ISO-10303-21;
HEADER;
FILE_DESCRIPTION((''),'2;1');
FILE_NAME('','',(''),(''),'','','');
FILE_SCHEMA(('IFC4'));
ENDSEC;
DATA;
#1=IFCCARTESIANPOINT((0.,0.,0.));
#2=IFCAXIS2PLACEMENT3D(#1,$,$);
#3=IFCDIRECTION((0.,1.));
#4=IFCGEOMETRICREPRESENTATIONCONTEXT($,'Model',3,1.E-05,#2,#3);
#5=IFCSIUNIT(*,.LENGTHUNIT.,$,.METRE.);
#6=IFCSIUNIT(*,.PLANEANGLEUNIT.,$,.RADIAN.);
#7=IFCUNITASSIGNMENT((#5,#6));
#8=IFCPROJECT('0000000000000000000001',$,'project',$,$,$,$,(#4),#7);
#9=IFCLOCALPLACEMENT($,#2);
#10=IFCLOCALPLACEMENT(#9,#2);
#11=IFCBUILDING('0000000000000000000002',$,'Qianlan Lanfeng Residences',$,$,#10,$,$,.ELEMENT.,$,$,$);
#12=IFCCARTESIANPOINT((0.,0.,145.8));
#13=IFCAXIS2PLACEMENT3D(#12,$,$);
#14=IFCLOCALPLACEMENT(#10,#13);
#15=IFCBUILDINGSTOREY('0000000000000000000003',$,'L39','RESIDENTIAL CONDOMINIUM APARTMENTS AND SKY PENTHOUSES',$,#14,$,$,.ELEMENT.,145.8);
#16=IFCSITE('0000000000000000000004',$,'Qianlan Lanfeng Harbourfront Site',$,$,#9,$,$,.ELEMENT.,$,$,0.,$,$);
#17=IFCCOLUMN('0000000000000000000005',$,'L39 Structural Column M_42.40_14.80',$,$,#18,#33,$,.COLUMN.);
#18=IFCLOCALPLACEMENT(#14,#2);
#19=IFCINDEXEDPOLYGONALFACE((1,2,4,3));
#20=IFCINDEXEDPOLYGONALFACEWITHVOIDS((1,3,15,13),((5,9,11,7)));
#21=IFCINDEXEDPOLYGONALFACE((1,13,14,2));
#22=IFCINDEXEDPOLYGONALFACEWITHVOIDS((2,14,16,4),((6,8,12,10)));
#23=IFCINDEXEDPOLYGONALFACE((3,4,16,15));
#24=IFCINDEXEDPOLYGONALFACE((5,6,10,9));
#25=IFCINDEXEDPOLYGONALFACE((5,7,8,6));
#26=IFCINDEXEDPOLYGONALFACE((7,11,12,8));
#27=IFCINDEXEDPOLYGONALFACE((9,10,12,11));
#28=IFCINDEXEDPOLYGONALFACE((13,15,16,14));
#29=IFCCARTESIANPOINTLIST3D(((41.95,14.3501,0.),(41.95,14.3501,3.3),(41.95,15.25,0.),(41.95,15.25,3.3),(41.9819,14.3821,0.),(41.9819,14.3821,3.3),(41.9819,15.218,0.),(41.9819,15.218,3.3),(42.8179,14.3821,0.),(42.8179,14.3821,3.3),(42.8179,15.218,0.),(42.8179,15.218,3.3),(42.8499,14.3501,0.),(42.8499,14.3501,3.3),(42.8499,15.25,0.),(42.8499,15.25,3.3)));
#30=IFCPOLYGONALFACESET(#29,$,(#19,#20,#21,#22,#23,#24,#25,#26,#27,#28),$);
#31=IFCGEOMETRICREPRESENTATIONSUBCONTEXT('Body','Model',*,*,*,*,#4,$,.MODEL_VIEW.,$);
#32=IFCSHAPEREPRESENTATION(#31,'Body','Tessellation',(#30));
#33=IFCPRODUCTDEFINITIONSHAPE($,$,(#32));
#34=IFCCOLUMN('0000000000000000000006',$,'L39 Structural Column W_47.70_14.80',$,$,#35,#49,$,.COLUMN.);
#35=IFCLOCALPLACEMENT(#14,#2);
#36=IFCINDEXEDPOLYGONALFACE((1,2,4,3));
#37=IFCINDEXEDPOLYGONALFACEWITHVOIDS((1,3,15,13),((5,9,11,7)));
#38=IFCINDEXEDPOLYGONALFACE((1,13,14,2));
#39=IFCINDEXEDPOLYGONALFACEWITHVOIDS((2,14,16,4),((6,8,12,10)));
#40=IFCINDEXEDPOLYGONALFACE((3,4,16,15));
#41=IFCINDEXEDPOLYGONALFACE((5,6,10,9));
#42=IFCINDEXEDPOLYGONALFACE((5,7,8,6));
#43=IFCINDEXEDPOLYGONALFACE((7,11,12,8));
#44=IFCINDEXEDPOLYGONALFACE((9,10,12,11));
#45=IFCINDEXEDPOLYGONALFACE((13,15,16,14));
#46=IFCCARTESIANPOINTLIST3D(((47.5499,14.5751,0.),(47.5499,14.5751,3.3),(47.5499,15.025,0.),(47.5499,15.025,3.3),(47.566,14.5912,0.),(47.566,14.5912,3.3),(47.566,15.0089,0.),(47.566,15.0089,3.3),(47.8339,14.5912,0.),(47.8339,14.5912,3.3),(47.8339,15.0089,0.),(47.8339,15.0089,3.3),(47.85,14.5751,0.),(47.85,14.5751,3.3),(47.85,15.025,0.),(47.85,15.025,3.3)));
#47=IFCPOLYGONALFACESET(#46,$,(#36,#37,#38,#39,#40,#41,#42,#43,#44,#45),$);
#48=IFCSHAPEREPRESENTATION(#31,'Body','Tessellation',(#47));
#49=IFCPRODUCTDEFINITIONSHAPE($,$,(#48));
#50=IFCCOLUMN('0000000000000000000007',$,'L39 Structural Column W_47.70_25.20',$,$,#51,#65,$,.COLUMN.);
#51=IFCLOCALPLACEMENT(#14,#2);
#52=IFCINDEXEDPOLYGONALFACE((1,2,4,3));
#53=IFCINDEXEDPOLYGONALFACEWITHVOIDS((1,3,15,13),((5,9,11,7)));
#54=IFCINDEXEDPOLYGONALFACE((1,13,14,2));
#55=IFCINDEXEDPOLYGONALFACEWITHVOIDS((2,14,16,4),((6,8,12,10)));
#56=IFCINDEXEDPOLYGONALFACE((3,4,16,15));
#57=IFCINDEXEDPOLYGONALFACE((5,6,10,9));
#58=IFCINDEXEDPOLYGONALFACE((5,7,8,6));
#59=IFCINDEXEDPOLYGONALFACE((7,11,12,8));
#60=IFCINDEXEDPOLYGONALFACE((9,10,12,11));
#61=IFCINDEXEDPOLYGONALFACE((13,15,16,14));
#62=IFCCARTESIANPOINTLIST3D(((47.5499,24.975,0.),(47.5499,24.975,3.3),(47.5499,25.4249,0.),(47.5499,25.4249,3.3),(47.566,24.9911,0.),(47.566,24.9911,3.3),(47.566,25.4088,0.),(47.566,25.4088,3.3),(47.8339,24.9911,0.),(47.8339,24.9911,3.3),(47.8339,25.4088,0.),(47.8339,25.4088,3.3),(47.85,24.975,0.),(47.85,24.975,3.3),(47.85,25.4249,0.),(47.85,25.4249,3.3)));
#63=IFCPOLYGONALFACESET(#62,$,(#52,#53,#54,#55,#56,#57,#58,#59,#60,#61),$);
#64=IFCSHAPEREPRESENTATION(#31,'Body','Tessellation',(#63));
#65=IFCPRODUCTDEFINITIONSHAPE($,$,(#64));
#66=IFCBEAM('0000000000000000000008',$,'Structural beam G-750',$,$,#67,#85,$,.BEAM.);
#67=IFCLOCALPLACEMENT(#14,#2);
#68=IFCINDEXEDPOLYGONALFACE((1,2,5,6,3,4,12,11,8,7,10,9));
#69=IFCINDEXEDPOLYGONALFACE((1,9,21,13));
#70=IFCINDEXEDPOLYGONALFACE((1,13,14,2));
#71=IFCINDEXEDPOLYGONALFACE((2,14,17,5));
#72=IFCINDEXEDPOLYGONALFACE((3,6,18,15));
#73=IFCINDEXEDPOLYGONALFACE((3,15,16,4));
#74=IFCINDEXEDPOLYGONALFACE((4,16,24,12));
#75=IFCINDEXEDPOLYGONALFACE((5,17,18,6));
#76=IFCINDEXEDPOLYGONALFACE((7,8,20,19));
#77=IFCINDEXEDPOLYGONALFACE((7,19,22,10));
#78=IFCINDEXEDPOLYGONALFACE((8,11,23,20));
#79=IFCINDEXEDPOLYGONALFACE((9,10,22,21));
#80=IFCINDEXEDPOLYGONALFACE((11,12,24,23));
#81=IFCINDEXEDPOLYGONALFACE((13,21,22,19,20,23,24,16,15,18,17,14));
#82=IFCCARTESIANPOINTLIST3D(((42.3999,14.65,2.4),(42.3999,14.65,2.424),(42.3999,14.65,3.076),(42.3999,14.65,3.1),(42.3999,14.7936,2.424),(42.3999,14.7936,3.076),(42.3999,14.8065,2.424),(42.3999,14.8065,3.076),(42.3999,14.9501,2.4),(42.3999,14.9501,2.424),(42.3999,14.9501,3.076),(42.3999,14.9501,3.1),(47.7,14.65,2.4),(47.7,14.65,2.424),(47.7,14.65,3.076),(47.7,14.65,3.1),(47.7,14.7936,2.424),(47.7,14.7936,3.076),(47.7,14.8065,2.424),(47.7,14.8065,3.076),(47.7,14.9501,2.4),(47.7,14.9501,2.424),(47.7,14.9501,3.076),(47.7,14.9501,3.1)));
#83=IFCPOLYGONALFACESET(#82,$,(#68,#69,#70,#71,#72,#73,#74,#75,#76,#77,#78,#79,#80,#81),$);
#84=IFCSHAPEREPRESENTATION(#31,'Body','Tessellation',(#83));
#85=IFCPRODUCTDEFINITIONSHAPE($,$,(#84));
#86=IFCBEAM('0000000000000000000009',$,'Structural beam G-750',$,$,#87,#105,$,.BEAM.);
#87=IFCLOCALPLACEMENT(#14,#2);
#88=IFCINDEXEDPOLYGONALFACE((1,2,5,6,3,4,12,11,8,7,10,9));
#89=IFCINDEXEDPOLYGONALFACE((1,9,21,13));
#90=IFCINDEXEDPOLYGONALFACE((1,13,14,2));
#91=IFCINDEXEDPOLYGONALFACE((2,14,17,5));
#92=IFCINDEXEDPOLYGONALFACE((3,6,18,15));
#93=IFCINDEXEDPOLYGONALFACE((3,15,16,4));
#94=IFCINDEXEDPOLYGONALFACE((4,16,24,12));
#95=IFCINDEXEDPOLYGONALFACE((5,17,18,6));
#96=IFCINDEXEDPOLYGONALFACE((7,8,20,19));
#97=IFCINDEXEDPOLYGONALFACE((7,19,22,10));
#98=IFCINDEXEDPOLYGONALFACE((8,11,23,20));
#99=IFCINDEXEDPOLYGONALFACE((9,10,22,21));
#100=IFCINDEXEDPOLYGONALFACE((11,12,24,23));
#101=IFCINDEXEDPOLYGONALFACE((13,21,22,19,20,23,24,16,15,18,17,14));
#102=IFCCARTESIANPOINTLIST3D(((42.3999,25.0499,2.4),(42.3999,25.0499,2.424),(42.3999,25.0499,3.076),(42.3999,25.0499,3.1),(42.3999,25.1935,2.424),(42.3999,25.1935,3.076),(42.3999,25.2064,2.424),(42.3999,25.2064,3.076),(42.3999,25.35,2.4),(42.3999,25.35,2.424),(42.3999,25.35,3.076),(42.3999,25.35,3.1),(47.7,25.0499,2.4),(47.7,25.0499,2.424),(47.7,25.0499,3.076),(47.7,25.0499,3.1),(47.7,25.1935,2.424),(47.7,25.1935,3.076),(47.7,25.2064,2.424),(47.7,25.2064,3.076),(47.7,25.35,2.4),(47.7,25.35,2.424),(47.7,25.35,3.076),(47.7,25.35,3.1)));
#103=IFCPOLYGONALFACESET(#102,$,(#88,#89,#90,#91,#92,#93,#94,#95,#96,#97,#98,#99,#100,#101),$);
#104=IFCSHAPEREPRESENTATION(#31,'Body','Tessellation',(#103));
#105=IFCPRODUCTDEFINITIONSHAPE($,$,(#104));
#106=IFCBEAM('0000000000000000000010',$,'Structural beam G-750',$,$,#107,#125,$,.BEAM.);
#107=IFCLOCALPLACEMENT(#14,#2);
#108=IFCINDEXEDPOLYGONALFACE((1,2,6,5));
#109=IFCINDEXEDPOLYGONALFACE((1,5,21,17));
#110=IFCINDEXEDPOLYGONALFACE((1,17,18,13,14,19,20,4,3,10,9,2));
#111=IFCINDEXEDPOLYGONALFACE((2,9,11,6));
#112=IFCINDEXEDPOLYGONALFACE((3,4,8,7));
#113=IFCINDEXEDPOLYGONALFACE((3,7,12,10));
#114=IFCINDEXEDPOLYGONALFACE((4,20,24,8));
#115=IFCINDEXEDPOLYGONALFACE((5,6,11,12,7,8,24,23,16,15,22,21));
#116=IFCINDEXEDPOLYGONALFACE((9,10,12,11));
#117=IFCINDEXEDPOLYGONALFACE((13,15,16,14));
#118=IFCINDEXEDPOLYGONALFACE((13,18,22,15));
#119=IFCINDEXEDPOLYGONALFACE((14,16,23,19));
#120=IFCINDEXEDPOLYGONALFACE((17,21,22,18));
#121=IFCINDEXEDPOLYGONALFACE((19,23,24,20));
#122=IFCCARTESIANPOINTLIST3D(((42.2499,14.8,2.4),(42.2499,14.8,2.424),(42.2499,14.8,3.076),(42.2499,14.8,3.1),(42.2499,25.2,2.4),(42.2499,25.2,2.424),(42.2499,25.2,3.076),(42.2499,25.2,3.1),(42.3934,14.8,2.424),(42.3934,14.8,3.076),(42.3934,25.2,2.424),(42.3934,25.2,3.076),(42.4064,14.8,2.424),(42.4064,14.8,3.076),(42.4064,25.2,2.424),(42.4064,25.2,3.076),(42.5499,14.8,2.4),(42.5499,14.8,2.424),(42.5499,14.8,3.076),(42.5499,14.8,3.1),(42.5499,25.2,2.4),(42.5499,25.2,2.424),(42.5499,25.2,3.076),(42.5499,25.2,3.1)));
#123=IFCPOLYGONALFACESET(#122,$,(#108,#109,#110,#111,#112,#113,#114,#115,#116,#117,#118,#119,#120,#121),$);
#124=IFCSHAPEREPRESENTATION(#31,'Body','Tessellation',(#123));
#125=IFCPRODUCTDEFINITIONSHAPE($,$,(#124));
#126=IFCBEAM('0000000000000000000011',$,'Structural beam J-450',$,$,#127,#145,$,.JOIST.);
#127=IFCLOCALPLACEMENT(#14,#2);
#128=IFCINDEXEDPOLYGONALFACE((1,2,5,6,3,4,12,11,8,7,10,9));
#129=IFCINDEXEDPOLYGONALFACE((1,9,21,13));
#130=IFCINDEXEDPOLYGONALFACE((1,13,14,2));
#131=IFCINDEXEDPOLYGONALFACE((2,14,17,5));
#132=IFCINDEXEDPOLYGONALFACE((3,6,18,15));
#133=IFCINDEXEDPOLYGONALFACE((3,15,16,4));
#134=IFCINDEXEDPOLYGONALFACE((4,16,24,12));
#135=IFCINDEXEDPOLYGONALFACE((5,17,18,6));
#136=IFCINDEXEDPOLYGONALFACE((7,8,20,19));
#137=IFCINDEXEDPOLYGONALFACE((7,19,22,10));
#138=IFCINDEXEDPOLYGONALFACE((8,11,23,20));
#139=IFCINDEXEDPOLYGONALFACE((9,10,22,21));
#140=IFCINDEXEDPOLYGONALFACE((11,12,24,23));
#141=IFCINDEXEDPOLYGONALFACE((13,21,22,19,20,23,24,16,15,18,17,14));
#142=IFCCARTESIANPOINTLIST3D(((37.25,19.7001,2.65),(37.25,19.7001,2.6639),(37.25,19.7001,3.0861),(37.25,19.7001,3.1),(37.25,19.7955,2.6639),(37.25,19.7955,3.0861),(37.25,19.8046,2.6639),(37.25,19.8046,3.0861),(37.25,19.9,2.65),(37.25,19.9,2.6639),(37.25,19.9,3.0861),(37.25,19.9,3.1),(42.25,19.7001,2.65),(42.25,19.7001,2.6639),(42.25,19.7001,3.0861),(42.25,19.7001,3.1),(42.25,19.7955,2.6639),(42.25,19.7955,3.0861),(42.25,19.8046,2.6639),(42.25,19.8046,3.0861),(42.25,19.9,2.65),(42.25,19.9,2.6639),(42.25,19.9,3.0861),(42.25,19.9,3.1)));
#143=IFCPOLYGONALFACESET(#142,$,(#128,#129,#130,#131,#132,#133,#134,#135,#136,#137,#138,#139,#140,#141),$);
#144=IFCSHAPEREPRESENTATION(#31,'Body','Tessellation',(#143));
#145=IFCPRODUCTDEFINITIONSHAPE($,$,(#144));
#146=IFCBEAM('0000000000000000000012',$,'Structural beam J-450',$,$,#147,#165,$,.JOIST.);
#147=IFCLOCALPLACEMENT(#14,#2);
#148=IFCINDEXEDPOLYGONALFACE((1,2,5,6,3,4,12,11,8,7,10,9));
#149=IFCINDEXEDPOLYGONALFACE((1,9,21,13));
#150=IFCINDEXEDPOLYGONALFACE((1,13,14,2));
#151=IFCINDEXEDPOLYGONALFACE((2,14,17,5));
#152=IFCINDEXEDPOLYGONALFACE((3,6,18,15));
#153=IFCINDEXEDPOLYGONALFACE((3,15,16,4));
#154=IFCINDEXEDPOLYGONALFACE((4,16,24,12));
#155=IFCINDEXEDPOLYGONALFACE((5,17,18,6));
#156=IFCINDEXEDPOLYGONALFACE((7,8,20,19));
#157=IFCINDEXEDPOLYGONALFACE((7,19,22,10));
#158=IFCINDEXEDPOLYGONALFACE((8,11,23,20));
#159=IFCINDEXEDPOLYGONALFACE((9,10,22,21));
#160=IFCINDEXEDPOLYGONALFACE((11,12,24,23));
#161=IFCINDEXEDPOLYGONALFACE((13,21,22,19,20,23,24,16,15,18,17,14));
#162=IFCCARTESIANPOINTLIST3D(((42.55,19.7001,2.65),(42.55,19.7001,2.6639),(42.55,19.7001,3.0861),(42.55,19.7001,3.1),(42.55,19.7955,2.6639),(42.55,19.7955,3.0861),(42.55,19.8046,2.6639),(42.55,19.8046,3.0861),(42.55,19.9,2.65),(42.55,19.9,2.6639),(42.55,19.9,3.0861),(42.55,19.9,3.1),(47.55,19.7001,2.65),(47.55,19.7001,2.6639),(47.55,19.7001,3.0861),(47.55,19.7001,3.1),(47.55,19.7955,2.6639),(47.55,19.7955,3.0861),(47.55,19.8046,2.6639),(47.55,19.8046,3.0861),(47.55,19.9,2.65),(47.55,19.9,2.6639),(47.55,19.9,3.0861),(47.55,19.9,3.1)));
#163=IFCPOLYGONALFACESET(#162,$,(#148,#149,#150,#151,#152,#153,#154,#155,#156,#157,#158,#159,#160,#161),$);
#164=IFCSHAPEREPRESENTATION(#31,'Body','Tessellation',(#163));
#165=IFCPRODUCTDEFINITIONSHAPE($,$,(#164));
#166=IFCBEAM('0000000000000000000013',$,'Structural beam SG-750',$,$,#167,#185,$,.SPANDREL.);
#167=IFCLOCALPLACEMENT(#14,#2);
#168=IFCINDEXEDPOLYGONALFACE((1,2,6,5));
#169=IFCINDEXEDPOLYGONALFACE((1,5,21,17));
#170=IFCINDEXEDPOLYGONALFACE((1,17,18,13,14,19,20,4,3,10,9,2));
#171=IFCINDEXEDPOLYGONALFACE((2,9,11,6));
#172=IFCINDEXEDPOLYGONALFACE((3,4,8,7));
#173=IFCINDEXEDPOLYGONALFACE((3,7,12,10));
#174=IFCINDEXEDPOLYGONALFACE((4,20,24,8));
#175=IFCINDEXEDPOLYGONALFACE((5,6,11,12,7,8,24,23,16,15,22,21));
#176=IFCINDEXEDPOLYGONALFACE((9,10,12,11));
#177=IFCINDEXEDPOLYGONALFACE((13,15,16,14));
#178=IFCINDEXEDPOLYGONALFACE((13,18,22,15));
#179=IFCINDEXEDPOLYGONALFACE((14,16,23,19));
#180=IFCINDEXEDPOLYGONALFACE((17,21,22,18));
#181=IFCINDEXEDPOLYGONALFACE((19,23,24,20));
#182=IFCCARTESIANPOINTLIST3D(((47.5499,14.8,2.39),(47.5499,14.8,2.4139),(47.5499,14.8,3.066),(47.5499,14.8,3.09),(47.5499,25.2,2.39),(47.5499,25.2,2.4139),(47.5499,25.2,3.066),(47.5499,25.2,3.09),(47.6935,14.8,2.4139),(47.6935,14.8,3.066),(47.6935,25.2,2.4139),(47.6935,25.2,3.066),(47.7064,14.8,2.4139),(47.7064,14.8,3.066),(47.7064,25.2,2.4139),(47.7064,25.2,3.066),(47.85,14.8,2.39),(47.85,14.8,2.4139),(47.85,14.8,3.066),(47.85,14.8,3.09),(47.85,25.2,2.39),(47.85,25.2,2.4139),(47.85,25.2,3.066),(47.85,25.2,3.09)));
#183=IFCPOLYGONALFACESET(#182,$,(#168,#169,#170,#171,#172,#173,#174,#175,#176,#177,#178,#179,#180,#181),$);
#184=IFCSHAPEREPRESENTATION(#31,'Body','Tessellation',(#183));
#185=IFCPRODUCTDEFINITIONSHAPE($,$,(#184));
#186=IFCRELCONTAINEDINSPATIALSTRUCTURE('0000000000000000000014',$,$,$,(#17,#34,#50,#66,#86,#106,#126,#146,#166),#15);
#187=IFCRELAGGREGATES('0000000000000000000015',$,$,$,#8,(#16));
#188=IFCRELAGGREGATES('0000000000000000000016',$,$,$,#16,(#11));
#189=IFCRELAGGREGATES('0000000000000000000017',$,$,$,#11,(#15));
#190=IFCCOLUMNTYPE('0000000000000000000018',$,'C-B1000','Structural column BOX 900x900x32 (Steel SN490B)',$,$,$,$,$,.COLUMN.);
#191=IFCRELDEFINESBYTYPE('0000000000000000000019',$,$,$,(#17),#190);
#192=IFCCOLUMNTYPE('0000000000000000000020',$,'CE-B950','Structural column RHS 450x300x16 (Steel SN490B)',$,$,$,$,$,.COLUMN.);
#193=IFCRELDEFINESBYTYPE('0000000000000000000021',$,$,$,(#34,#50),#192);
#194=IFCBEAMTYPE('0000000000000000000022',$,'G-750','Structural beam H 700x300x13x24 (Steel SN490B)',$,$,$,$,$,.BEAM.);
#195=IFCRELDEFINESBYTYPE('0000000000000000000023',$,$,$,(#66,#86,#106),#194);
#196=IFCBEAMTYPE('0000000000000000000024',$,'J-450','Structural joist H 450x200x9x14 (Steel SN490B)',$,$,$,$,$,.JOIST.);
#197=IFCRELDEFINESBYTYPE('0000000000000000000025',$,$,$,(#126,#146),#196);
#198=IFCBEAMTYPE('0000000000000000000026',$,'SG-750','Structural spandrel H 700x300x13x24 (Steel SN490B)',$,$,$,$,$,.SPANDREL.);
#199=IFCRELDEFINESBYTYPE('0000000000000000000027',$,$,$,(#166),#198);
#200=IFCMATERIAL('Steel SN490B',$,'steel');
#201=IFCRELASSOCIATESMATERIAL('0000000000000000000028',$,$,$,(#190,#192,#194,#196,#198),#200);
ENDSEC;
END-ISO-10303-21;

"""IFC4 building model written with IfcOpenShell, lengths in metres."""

from ifc_helpers import new_model, si_unit, direction, frame, origin, origin_2d, place, context, subcontext, project, spatial, hollow_rectangle, i_section, extrude, material, material_profile, profile_set, type_object, element, save


model = new_model("IFC4")

# Units and contexts
model_context = context("Model", 3, precision=1e-05, world=origin(), true_north=direction((0.0, 1.0)))
body_context = subcontext(model_context, "Body", "Model", "MODEL_VIEW")
ifc_project = project(units=[si_unit("LENGTHUNIT", "METRE"), si_unit("PLANEANGLEUNIT", "RADIAN")], contexts=[model_context])

# Site, building, storey
site_placement = place(None, origin())
site = spatial("IfcSite", under=ifc_project, at=site_placement, Name="Qianlan Lanfeng Harbourfront Site", CompositionType="ELEMENT", RefElevation=0.0)
building_placement = place(site_placement, origin())
building = spatial("IfcBuilding", under=site, at=building_placement, Name="Qianlan Lanfeng Residences", CompositionType="ELEMENT")
storey_placement = place(building_placement, frame((0.0, 0.0, 145.8)))
storey = spatial("IfcBuildingStorey", under=building, at=storey_placement, Name="L39", Description="RESIDENTIAL CONDOMINIUM APARTMENTS AND SKY PENTHOUSES", CompositionType="ELEMENT", Elevation=145.8)

# Columns
ifc_material_1 = material(Name="Steel SN490B", Category="steel")
ifc_material_profile_1 = material_profile(ifc_material_1, hollow_rectangle(XDim=0.8999, YDim=0.8999, WallThickness=0.032, at=origin_2d()), Name="BOX 900x900x32")
ifc_profile_set_1 = profile_set([ifc_material_profile_1], Name="Steel SN490B")
column_type_1 = type_object("IfcColumnType", Name="C-B1000", Description="Structural column BOX 900x900x32 (Steel SN490B)", PredefinedType="COLUMN", material=ifc_profile_set_1)
column_placement = place(storey_placement, frame((42.3999, 14.8, 0.0), z_axis=(0.0, 0.0, 1.0), x_axis=(1.0, 0.0, 0.0)))
element("IfcColumn", 1, at=column_placement, inside=storey, type_object=column_type_1, Name="L39 Structural Column M_42.40_14.80", PredefinedType="COLUMN", context=body_context, shape_type="SweptSolid", body=[
    extrude(hollow_rectangle(XDim=0.8999, YDim=0.8999, WallThickness=0.032, at=origin_2d()), origin(), (0.0, 0.0, 1.0), 3.3),
])
ifc_material_profile_2 = material_profile(ifc_material_1, hollow_rectangle(XDim=0.3, YDim=0.45, WallThickness=0.0161, at=origin_2d()), Name="RHS 450x300x16")
ifc_profile_set_2 = profile_set([ifc_material_profile_2], Name="Steel SN490B")
column_type_2 = type_object("IfcColumnType", Name="CE-B950", Description="Structural column RHS 450x300x16 (Steel SN490B)", PredefinedType="COLUMN", material=ifc_profile_set_2)
for number, where, z_axis, x_axis, name in (
    (2, (47.7, 14.8, 0.0), (0.0, 0.0, 1.0), (1.0, 0.0, 0.0), "L39 Structural Column W_47.70_14.80"),
    (3, (47.7, 25.2, 0.0), (0.0, 0.0, 1.0), (1.0, 0.0, 0.0), "L39 Structural Column W_47.70_25.20"),
):
    element("IfcColumn", number, at=place(storey_placement, frame(where, z_axis=z_axis, x_axis=x_axis)), inside=storey, type_object=column_type_2, Name=name, PredefinedType="COLUMN", context=body_context, shape_type="SweptSolid", body=[
        extrude(hollow_rectangle(XDim=0.3, YDim=0.45, WallThickness=0.0161, at=origin_2d()), origin(), (0.0, 0.0, 1.0), 3.3),
    ])

# Beams
ifc_material_profile_3 = material_profile(ifc_material_1, i_section(OverallWidth=0.3, OverallDepth=0.7, WebThickness=0.0129, FlangeThickness=0.0239, at=origin_2d()), Name="H 700x300x13x24")
ifc_profile_set_3 = profile_set([ifc_material_profile_3], Name="Steel SN490B")
beam_type_1 = type_object("IfcBeamType", Name="G-750", Description="Structural beam H 700x300x13x24 (Steel SN490B)", PredefinedType="BEAM", material=ifc_profile_set_3)
for number, where, z_axis, x_axis, name in (
    (4, (42.3999, 14.8, 2.75), (1.0, 0.0, 0.0), (0.0, 1.0, 0.0), "Structural beam G-750"),
    (5, (42.3999, 25.2, 2.75), (1.0, 0.0, 0.0), (0.0, 1.0, 0.0), "Structural beam G-750"),
):
    element("IfcBeam", number, at=place(storey_placement, frame(where, z_axis=z_axis, x_axis=x_axis)), inside=storey, type_object=beam_type_1, Name=name, PredefinedType="BEAM", context=body_context, shape_type="SweptSolid", body=[
        extrude(i_section(OverallWidth=0.3, OverallDepth=0.7, WebThickness=0.0129, FlangeThickness=0.0239, at=origin_2d()), origin(), (0.0, 0.0, 1.0), 5.3),
    ])
beam_1_placement = place(storey_placement, frame((42.3999, 14.8, 2.75), z_axis=(0.0, 1.0, 0.0), x_axis=(-1.0, 0.0, 0.0)))
element("IfcBeam", 6, at=beam_1_placement, inside=storey, type_object=beam_type_1, Name="Structural beam G-750", PredefinedType="BEAM", context=body_context, shape_type="SweptSolid", body=[
    extrude(i_section(OverallWidth=0.3, OverallDepth=0.7, WebThickness=0.0129, FlangeThickness=0.0239, at=origin_2d()), origin(), (0.0, 0.0, 1.0), 10.3999),
])
ifc_material_profile_4 = material_profile(ifc_material_1, i_section(OverallWidth=0.2, OverallDepth=0.45, WebThickness=0.009, FlangeThickness=0.0139, at=origin_2d()), Name="H 450x200x9x14")
ifc_profile_set_4 = profile_set([ifc_material_profile_4], Name="Steel SN490B")
beam_type_2 = type_object("IfcBeamType", Name="J-450", Description="Structural joist H 450x200x9x14 (Steel SN490B)", PredefinedType="JOIST", material=ifc_profile_set_4)
for number, where, z_axis, x_axis, name in (
    (7, (37.25, 19.8, 2.875), (1.0, 0.0, 0.0), (0.0, 1.0, 0.0), "Structural beam J-450"),
    (8, (42.55, 19.8, 2.875), (1.0, 0.0, 0.0), (0.0, 1.0, 0.0), "Structural beam J-450"),
):
    element("IfcBeam", number, at=place(storey_placement, frame(where, z_axis=z_axis, x_axis=x_axis)), inside=storey, type_object=beam_type_2, Name=name, PredefinedType="JOIST", context=body_context, shape_type="SweptSolid", body=[
        extrude(i_section(OverallWidth=0.2, OverallDepth=0.45, WebThickness=0.009, FlangeThickness=0.0139, at=origin_2d()), origin(), (0.0, 0.0, 1.0), 5.0),
    ])
ifc_material_profile_5 = material_profile(ifc_material_1, i_section(OverallWidth=0.3, OverallDepth=0.7, WebThickness=0.0129, FlangeThickness=0.0239, at=origin_2d()), Name="H 700x300x13x24")
ifc_profile_set_5 = profile_set([ifc_material_profile_5], Name="Steel SN490B")
beam_type_3 = type_object("IfcBeamType", Name="SG-750", Description="Structural spandrel H 700x300x13x24 (Steel SN490B)", PredefinedType="SPANDREL", material=ifc_profile_set_5)
beam_2_placement = place(storey_placement, frame((47.7, 14.8, 2.74), z_axis=(0.0, 1.0, 0.0), x_axis=(-1.0, 0.0, 0.0)))
element("IfcBeam", 9, at=beam_2_placement, inside=storey, type_object=beam_type_3, Name="Structural beam SG-750", PredefinedType="SPANDREL", context=body_context, shape_type="SweptSolid", body=[
    extrude(i_section(OverallWidth=0.3, OverallDepth=0.7, WebThickness=0.0129, FlangeThickness=0.0239, at=origin_2d()), origin(), (0.0, 0.0, 1.0), 10.3999),
])

save(model, "model.ifc")
